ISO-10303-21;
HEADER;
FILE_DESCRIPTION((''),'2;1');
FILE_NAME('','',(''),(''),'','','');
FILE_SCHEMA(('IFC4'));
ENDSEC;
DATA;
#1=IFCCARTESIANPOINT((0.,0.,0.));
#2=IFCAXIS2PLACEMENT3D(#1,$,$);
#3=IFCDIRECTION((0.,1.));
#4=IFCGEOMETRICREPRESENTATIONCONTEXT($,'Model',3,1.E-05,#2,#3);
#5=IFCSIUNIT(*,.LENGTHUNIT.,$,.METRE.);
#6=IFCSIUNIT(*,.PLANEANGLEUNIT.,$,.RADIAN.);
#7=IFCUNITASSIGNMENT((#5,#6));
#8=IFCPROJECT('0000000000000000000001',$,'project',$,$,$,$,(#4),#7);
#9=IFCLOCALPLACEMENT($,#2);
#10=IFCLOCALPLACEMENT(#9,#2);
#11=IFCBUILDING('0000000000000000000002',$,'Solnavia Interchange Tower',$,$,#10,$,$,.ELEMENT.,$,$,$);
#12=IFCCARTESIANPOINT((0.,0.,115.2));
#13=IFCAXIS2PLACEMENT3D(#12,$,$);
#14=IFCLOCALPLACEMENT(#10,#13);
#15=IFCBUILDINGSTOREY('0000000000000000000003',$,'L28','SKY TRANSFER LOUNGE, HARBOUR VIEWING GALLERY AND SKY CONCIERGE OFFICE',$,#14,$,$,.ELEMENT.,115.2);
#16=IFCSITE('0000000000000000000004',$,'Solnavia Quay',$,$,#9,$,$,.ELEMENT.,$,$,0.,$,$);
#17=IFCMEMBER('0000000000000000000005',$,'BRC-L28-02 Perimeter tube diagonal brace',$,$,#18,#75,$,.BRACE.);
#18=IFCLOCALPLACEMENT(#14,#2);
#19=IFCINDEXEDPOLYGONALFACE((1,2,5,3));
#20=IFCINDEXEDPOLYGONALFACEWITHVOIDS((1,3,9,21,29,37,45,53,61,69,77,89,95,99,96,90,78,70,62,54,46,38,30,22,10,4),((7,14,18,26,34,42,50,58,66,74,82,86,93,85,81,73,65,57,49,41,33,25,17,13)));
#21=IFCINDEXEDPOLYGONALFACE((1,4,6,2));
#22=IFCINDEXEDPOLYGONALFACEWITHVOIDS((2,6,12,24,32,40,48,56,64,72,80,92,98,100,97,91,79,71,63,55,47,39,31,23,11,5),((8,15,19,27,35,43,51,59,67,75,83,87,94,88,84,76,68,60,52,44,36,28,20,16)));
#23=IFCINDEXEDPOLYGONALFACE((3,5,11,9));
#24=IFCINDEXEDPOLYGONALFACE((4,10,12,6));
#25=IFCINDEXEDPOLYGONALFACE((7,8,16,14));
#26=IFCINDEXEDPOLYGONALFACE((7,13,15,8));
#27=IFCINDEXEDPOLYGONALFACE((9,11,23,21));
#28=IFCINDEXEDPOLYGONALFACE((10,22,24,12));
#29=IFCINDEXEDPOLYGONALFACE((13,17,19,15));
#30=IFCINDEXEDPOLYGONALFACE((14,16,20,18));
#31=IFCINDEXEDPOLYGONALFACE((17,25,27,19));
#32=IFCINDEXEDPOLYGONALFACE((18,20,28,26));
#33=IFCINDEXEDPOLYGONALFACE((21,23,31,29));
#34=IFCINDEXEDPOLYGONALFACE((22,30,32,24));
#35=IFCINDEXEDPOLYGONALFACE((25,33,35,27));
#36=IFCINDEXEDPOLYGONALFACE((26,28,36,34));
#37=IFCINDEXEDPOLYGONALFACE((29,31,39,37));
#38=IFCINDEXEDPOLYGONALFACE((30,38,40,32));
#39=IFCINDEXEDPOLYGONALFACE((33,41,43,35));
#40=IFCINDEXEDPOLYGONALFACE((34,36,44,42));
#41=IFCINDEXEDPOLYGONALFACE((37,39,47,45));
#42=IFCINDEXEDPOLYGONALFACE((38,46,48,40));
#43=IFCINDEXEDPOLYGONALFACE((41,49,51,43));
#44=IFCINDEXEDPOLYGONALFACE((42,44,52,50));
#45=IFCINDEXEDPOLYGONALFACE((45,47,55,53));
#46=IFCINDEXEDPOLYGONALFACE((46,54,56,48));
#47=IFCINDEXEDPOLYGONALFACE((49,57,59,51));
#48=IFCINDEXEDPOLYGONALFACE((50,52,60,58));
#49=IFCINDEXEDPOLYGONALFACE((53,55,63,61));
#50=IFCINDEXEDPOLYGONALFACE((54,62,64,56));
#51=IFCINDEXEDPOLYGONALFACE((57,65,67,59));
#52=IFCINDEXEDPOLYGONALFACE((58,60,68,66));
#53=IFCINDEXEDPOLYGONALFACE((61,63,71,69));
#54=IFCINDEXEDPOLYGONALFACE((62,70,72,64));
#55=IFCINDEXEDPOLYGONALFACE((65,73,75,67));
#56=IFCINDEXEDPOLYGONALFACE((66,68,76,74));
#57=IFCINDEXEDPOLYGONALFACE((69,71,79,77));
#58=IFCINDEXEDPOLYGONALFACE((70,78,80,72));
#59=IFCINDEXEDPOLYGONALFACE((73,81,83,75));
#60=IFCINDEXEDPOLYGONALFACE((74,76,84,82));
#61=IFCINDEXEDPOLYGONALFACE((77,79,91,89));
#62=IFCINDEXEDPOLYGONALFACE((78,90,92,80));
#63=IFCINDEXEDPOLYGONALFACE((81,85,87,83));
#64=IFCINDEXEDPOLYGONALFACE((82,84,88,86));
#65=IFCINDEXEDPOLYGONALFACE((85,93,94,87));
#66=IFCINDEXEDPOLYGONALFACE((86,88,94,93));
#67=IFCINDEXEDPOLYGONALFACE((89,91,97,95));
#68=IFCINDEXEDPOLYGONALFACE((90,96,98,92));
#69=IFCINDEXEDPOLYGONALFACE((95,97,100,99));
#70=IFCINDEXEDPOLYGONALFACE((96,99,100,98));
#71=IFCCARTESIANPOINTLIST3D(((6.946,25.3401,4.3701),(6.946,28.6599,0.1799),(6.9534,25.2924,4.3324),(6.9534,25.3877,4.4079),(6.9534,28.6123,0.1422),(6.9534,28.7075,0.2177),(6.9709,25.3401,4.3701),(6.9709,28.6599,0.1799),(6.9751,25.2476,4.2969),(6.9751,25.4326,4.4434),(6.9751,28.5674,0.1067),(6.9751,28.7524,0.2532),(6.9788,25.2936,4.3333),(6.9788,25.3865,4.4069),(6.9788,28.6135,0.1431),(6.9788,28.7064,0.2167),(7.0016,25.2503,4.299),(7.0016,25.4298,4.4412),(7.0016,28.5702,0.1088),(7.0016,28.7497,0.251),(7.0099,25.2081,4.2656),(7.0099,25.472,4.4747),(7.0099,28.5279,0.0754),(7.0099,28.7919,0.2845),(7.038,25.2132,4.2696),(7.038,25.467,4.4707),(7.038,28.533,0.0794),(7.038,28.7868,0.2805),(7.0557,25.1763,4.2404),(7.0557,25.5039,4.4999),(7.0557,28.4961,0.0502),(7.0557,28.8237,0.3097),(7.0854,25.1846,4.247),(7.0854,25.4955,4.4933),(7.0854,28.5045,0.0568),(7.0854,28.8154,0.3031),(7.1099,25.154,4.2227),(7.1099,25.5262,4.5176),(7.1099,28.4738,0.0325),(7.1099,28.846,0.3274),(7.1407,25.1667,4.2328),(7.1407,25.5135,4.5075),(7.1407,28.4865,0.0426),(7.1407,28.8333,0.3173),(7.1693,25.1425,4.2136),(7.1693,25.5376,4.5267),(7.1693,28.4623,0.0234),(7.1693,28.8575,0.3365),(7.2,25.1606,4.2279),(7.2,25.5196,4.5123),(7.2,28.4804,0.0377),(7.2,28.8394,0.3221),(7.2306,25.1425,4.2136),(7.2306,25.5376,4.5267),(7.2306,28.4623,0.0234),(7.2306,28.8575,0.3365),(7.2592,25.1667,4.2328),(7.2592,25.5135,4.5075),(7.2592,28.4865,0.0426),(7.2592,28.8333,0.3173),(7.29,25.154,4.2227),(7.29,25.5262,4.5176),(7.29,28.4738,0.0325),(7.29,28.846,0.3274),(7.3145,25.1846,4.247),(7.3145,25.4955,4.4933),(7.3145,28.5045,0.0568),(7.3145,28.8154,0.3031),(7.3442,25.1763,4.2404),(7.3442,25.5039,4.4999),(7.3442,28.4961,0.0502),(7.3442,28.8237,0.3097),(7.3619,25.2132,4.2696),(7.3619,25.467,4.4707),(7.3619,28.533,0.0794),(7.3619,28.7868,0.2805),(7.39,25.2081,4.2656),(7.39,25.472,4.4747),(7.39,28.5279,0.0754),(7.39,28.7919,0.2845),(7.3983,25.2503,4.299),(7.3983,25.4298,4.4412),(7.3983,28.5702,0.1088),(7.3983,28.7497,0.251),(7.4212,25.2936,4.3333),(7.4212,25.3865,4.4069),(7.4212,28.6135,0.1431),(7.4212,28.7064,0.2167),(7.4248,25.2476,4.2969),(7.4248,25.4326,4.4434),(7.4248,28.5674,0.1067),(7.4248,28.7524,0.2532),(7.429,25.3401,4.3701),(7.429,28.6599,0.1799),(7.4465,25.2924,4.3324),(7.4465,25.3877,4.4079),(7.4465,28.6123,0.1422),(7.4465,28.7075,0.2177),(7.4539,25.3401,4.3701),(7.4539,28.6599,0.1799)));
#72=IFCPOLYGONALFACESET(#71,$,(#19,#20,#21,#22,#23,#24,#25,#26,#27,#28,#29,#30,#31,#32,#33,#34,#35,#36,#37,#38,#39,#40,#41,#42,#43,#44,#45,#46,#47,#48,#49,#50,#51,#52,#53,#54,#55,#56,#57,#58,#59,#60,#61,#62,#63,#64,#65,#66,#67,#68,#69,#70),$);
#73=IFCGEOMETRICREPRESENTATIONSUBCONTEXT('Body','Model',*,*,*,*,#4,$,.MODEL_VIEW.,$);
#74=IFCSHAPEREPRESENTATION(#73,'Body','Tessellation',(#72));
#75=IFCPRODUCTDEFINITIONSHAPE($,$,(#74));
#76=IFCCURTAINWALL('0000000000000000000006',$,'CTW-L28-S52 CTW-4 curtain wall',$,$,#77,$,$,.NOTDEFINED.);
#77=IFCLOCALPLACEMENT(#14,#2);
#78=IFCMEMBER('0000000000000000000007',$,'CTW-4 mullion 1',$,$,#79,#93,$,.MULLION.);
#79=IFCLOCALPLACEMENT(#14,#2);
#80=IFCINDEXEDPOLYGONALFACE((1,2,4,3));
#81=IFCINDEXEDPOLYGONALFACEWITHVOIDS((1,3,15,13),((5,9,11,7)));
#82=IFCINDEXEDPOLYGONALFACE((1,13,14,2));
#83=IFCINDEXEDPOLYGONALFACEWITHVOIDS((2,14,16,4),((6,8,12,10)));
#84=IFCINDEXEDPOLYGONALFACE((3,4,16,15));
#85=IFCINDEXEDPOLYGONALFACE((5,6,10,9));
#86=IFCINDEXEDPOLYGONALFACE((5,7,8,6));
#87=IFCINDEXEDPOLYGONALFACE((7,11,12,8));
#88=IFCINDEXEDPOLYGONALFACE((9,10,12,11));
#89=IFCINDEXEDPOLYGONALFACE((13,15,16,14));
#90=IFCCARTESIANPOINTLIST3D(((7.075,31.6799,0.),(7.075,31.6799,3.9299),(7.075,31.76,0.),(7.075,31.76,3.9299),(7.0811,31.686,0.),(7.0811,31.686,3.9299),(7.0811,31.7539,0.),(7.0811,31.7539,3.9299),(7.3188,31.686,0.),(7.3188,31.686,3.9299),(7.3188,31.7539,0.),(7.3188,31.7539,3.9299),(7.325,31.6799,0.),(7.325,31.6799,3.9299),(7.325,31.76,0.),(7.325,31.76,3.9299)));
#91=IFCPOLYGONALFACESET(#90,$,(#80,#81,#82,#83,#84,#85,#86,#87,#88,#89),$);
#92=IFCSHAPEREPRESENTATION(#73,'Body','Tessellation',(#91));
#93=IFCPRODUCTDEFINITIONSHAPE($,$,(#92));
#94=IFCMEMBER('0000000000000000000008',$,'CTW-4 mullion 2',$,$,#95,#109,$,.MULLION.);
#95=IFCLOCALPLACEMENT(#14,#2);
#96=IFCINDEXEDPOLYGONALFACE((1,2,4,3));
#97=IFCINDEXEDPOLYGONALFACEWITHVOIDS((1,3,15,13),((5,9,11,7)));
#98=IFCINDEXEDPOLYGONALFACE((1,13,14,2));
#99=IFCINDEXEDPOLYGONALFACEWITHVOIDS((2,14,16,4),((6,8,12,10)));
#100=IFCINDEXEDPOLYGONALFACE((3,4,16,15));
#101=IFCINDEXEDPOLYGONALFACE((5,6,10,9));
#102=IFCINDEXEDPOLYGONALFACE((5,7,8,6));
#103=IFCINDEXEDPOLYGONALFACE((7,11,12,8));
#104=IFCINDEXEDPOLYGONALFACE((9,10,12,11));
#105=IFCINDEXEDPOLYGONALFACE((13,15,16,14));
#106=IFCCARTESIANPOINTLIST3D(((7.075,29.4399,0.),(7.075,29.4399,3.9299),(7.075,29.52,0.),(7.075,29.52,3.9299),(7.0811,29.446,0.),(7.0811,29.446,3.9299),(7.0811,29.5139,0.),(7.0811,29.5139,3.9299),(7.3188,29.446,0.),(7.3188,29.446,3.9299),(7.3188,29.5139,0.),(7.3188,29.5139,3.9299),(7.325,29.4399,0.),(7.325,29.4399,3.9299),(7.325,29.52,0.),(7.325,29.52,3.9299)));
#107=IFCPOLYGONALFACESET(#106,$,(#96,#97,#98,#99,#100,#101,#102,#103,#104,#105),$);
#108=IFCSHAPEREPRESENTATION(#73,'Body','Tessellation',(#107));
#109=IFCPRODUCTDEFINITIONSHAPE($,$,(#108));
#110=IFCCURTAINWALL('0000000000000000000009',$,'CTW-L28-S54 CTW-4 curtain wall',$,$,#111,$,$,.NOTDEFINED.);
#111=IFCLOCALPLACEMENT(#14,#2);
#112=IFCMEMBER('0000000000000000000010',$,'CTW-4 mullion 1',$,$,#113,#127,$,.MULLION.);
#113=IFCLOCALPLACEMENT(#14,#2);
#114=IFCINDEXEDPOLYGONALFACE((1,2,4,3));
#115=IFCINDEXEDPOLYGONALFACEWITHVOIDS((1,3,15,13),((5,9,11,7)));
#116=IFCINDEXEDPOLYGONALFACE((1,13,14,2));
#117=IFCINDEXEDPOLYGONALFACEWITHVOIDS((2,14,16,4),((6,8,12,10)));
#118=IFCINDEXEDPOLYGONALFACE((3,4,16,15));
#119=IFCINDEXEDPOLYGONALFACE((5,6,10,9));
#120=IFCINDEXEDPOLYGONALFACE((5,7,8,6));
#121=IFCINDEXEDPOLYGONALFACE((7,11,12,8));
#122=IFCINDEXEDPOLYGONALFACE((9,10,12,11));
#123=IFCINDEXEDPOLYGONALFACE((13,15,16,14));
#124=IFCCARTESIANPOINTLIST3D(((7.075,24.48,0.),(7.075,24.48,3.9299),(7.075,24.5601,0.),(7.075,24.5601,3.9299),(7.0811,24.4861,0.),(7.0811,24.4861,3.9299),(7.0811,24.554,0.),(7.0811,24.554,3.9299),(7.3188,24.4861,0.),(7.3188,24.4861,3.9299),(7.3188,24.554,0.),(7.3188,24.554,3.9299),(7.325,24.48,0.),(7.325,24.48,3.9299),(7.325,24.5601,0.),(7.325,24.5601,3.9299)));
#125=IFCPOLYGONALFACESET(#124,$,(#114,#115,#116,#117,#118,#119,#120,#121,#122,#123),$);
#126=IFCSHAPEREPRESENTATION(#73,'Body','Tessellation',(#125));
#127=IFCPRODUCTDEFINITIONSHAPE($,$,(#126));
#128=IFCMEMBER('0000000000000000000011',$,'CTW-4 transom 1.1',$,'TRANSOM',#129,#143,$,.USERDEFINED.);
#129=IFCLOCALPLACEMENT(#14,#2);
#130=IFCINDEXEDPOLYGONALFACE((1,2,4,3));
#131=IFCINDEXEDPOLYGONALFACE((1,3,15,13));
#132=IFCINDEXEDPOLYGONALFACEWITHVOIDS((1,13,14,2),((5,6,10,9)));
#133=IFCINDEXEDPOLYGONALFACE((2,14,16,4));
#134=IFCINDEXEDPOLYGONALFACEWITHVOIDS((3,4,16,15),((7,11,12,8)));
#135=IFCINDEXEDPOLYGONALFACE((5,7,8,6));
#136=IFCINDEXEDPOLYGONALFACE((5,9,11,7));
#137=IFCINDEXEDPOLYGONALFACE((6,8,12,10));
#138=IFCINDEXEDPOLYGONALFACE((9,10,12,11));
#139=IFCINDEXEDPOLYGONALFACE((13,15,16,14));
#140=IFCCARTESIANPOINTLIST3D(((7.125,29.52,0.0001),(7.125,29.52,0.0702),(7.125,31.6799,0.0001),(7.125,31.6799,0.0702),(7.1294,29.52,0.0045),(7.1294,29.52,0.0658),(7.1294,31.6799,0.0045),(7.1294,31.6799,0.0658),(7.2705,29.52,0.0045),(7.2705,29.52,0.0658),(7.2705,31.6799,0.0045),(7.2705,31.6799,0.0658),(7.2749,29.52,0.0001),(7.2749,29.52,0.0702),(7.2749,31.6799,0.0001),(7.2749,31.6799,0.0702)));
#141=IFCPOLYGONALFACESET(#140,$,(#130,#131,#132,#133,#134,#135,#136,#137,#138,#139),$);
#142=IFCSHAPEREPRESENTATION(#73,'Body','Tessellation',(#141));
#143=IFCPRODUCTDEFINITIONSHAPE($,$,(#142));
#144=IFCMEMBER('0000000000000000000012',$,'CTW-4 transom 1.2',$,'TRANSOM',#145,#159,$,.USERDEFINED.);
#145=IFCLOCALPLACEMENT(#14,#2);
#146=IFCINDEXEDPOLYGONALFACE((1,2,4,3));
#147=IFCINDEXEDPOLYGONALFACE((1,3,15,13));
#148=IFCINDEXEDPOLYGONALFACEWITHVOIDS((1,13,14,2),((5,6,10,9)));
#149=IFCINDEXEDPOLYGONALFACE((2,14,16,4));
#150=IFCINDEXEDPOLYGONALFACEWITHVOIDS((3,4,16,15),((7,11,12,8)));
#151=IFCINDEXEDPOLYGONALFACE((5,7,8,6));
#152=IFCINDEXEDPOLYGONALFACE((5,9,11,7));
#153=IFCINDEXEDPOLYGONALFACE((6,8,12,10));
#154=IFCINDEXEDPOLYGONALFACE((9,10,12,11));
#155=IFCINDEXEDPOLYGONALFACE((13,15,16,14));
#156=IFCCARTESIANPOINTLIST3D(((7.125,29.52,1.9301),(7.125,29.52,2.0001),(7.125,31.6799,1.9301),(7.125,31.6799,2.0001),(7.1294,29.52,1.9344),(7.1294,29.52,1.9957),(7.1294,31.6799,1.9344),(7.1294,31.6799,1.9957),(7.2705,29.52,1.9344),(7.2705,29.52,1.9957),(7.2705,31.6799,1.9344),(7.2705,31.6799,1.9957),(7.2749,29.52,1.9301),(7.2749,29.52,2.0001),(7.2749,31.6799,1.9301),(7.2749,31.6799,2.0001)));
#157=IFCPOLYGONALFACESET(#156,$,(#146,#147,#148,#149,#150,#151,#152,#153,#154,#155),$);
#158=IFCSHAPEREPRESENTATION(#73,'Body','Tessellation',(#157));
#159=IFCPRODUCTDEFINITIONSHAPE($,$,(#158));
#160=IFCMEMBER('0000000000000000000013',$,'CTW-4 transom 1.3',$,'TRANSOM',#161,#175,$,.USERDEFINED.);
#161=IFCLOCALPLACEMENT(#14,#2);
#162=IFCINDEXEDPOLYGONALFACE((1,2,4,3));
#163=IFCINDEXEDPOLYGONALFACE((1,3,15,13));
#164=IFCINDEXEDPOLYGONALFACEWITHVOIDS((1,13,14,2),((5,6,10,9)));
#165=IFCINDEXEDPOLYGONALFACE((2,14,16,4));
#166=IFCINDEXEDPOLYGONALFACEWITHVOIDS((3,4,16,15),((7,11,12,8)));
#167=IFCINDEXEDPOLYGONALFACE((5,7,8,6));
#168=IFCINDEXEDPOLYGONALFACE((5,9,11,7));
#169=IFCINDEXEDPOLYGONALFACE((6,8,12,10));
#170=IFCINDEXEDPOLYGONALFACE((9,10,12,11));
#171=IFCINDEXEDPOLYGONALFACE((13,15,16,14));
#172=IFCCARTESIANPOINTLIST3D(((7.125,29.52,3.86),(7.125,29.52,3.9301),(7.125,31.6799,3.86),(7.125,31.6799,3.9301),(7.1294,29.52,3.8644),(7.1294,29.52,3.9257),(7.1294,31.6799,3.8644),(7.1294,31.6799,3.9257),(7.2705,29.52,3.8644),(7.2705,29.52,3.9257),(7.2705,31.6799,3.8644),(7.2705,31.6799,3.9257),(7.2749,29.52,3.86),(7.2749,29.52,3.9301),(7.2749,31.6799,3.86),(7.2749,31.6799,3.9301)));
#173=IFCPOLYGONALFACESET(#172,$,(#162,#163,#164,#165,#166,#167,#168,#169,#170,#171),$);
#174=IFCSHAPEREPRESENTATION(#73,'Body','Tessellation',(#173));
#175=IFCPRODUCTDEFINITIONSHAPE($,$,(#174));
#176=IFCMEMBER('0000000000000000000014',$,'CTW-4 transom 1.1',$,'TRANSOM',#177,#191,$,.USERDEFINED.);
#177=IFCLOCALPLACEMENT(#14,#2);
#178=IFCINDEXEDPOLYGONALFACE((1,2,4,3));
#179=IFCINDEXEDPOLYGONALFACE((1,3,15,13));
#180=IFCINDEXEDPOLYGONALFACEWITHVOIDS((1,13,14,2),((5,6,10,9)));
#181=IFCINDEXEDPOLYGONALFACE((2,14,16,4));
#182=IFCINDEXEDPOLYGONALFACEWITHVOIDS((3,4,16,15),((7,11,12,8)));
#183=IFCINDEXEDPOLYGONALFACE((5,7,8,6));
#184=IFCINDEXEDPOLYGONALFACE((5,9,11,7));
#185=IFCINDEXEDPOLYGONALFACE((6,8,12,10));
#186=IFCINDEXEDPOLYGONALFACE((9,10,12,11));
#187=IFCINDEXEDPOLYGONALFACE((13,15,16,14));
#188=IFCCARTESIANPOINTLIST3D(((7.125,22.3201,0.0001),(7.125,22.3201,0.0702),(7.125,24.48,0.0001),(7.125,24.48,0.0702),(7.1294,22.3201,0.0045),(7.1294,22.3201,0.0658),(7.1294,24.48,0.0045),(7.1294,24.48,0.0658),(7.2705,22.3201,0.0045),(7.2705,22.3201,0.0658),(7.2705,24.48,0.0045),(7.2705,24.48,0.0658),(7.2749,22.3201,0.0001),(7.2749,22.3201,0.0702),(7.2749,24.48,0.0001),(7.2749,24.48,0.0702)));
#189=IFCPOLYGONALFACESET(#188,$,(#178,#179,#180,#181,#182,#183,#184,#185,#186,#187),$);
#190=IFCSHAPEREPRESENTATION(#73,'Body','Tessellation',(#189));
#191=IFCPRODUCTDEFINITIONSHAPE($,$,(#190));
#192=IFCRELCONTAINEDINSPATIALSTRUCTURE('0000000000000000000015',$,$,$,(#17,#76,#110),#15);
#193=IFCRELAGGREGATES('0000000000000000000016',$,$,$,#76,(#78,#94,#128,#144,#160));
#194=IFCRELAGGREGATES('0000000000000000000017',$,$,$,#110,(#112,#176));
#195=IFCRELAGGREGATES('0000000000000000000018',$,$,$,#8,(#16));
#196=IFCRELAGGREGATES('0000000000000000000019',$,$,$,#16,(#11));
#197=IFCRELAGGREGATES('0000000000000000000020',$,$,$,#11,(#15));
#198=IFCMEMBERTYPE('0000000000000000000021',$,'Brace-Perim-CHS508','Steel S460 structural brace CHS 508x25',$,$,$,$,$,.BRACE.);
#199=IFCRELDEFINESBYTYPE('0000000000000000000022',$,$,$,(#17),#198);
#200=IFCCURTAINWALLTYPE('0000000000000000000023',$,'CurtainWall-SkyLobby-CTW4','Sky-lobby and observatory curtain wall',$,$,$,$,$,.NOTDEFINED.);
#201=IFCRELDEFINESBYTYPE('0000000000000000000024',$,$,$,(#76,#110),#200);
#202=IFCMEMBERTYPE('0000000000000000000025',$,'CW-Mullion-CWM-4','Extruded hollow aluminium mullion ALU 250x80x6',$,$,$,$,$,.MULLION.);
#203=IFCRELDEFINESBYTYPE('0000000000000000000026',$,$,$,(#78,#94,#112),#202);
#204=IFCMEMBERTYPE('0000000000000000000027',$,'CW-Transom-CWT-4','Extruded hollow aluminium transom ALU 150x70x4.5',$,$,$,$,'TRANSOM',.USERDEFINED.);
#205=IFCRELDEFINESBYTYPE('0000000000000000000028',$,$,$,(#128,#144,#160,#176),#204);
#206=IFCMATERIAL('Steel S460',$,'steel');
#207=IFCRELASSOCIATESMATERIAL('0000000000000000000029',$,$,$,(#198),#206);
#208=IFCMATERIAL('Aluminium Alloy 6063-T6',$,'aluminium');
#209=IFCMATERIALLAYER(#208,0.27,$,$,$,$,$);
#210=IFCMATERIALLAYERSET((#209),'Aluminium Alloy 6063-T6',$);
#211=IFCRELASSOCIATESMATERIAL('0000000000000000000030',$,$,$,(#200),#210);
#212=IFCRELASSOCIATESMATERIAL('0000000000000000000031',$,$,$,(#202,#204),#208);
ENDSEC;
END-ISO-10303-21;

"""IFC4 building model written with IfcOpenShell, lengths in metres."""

from ifc_helpers import new_model, si_unit, direction, frame, origin, origin_2d, place, context, subcontext, project, spatial, hollow_rectangle, hollow_circle, extrude, material, layer, layer_set, material_profile, profile_set, type_object, element, aggregate, save


model = new_model("IFC4")

# Units and contexts
model_context = context("Model", 3, precision=1e-05, world=origin(), true_north=direction((0.0, 1.0)))
body_context = subcontext(model_context, "Body", "Model", "MODEL_VIEW")
ifc_project = project(units=[si_unit("LENGTHUNIT", "METRE"), si_unit("PLANEANGLEUNIT", "RADIAN")], contexts=[model_context])

# Site, building, storey
site_placement = place(None, origin())
site = spatial("IfcSite", under=ifc_project, at=site_placement, Name="Solnavia Quay", CompositionType="ELEMENT", RefElevation=0.0)
building_placement = place(site_placement, origin())
building = spatial("IfcBuilding", under=site, at=building_placement, Name="Solnavia Interchange Tower", CompositionType="ELEMENT")
storey_placement = place(building_placement, frame((0.0, 0.0, 115.2)))
storey = spatial("IfcBuildingStorey", under=building, at=storey_placement, Name="L28", Description="SKY TRANSFER LOUNGE, HARBOUR VIEWING GALLERY AND SKY CONCIERGE OFFICE", CompositionType="ELEMENT", Elevation=115.2)

# Member
ifc_material_1 = material(Name="Steel S460", Category="steel")
ifc_material_profile_1 = material_profile(ifc_material_1, hollow_circle(Radius=0.2539, WallThickness=0.0249, at=origin_2d()), Name="CHS 508x25")
ifc_profile_set_1 = profile_set([ifc_material_profile_1], Name="Steel S460")
member_type_1 = type_object("IfcMemberType", Name="Brace-Perim-CHS508", Description="Steel S460 structural brace CHS 508x25", PredefinedType="BRACE", material=ifc_profile_set_1)
member_1_placement = place(storey_placement, frame((7.2, 28.6599, 0.1799), z_axis=(0.0, -0.621001, 0.78381), x_axis=(1.0, 0.0, 0.0)))
element("IfcMember", 1, at=member_1_placement, inside=storey, type_object=member_type_1, Name="BRC-L28-02 Perimeter tube diagonal brace", PredefinedType="BRACE", context=body_context, shape_type="SweptSolid", body=[
    extrude(hollow_circle(Radius=0.2539, WallThickness=0.0249, at=origin_2d()), origin(), (0.0, 0.0, 1.0), 5.3459),
])

# Curtain wall, members
ifc_material_2 = material(Name="Aluminium Alloy 6063-T6", Category="aluminium")
ifc_layer_1 = layer(ifc_material_2, 0.27)
ifc_layer_set_1 = layer_set([ifc_layer_1], Name="Aluminium Alloy 6063-T6")
curtain_wall_type = type_object("IfcCurtainWallType", Name="CurtainWall-SkyLobby-CTW4", Description="Sky-lobby and observatory curtain wall", PredefinedType="NOTDEFINED", material=ifc_layer_set_1)
curtain_wall_1_placement = place(storey_placement, origin())
curtain_wall_1 = element("IfcCurtainWall", 2, at=curtain_wall_1_placement, inside=storey, type_object=curtain_wall_type, Name="CTW-L28-S52 CTW-4 curtain wall", PredefinedType="NOTDEFINED")
ifc_material_profile_2 = material_profile(ifc_material_2, hollow_rectangle(XDim=0.0801, YDim=0.25, WallThickness=0.0061, at=origin_2d()), Name="ALU 250x80x6")
ifc_profile_set_2 = profile_set([ifc_material_profile_2], Name="Aluminium Alloy 6063-T6")
member_type_2 = type_object("IfcMemberType", Name="CW-Mullion-CWM-4", Description="Extruded hollow aluminium mullion ALU 250x80x6", PredefinedType="MULLION", material=ifc_profile_set_2)
member_2_placement = place(storey_placement, frame((7.2, 31.72, 0.0), z_axis=(0.0, 0.0, 1.0), x_axis=(0.0, -1.0, 0.0)))
member_2 = element("IfcMember", 3, at=member_2_placement, type_object=member_type_2, Name="CTW-4 mullion 1", PredefinedType="MULLION", context=body_context, shape_type="SweptSolid", body=[
    extrude(hollow_rectangle(XDim=0.0801, YDim=0.25, WallThickness=0.0061, at=origin_2d()), origin(), (0.0, 0.0, 1.0), 3.9299),
])
member_3_placement = place(storey_placement, frame((7.2, 29.48, 0.0), z_axis=(0.0, 0.0, 1.0), x_axis=(0.0, -1.0, 0.0)))
member_3 = element("IfcMember", 4, at=member_3_placement, type_object=member_type_2, Name="CTW-4 mullion 2", PredefinedType="MULLION", context=body_context, shape_type="SweptSolid", body=[
    extrude(hollow_rectangle(XDim=0.0801, YDim=0.25, WallThickness=0.0061, at=origin_2d()), origin(), (0.0, 0.0, 1.0), 3.9299),
])

# Curtain wall, member
curtain_wall_2_placement = place(storey_placement, origin())
curtain_wall_2 = element("IfcCurtainWall", 5, at=curtain_wall_2_placement, inside=storey, type_object=curtain_wall_type, Name="CTW-L28-S54 CTW-4 curtain wall", PredefinedType="NOTDEFINED")
member_4_placement = place(storey_placement, frame((7.2, 24.52, 0.0), z_axis=(0.0, 0.0, 1.0), x_axis=(0.0, -1.0, 0.0)))
member_4 = element("IfcMember", 6, at=member_4_placement, type_object=member_type_2, Name="CTW-4 mullion 1", PredefinedType="MULLION", context=body_context, shape_type="SweptSolid", body=[
    extrude(hollow_rectangle(XDim=0.0801, YDim=0.25, WallThickness=0.0061, at=origin_2d()), origin(), (0.0, 0.0, 1.0), 3.9299),
])

# Members
ifc_material_profile_3 = material_profile(ifc_material_2, hollow_rectangle(XDim=0.0701, YDim=0.1499, WallThickness=0.0044, at=origin_2d()), Name="ALU 150x70x4.5")
ifc_profile_set_3 = profile_set([ifc_material_profile_3], Name="Aluminium Alloy 6063-T6")
member_type_3 = type_object("IfcMemberType", Name="CW-Transom-CWT-4", Description="Extruded hollow aluminium transom ALU 150x70x4.5", ElementType="TRANSOM", PredefinedType="USERDEFINED", material=ifc_profile_set_3)
member_5_placement = place(storey_placement, frame((7.2, 31.6799, 0.0352), z_axis=(0.0, -1.0, 0.0), x_axis=(0.0, 0.0, 1.0)))
member_5 = element("IfcMember", 7, at=member_5_placement, type_object=member_type_3, Name="CTW-4 transom 1.1", ObjectType="TRANSOM", PredefinedType="USERDEFINED", context=body_context, shape_type="SweptSolid", body=[
    extrude(hollow_rectangle(XDim=0.0701, YDim=0.1499, WallThickness=0.0044, at=origin_2d()), origin(), (0.0, 0.0, 1.0), 2.1599),
])
member_6_placement = place(storey_placement, frame((7.2, 31.6799, 1.9651), z_axis=(0.0, -1.0, 0.0), x_axis=(0.0, 0.0, 1.0)))
member_6 = element("IfcMember", 8, at=member_6_placement, type_object=member_type_3, Name="CTW-4 transom 1.2", ObjectType="TRANSOM", PredefinedType="USERDEFINED", context=body_context, shape_type="SweptSolid", body=[
    extrude(hollow_rectangle(XDim=0.0701, YDim=0.1499, WallThickness=0.0044, at=origin_2d()), origin(), (0.0, 0.0, 1.0), 2.1599),
])
member_7_placement = place(storey_placement, frame((7.2, 31.6799, 3.895), z_axis=(0.0, -1.0, 0.0), x_axis=(0.0, 0.0, 1.0)))
member_7 = element("IfcMember", 9, at=member_7_placement, type_object=member_type_3, Name="CTW-4 transom 1.3", ObjectType="TRANSOM", PredefinedType="USERDEFINED", context=body_context, shape_type="SweptSolid", body=[
    extrude(hollow_rectangle(XDim=0.0701, YDim=0.1499, WallThickness=0.0044, at=origin_2d()), origin(), (0.0, 0.0, 1.0), 2.1599),
])
member_8_placement = place(storey_placement, frame((7.2, 24.48, 0.0352), z_axis=(0.0, -1.0, 0.0), x_axis=(0.0, 0.0, 1.0)))
member_8 = element("IfcMember", 10, at=member_8_placement, type_object=member_type_3, Name="CTW-4 transom 1.1", ObjectType="TRANSOM", PredefinedType="USERDEFINED", context=body_context, shape_type="SweptSolid", body=[
    extrude(hollow_rectangle(XDim=0.0701, YDim=0.1499, WallThickness=0.0044, at=origin_2d()), origin(), (0.0, 0.0, 1.0), 2.1599),
])

aggregate(curtain_wall_1, [member_2, member_3, member_5, member_6, member_7])
aggregate(curtain_wall_2, [member_4, member_8])

save(model, "model.ifc")
